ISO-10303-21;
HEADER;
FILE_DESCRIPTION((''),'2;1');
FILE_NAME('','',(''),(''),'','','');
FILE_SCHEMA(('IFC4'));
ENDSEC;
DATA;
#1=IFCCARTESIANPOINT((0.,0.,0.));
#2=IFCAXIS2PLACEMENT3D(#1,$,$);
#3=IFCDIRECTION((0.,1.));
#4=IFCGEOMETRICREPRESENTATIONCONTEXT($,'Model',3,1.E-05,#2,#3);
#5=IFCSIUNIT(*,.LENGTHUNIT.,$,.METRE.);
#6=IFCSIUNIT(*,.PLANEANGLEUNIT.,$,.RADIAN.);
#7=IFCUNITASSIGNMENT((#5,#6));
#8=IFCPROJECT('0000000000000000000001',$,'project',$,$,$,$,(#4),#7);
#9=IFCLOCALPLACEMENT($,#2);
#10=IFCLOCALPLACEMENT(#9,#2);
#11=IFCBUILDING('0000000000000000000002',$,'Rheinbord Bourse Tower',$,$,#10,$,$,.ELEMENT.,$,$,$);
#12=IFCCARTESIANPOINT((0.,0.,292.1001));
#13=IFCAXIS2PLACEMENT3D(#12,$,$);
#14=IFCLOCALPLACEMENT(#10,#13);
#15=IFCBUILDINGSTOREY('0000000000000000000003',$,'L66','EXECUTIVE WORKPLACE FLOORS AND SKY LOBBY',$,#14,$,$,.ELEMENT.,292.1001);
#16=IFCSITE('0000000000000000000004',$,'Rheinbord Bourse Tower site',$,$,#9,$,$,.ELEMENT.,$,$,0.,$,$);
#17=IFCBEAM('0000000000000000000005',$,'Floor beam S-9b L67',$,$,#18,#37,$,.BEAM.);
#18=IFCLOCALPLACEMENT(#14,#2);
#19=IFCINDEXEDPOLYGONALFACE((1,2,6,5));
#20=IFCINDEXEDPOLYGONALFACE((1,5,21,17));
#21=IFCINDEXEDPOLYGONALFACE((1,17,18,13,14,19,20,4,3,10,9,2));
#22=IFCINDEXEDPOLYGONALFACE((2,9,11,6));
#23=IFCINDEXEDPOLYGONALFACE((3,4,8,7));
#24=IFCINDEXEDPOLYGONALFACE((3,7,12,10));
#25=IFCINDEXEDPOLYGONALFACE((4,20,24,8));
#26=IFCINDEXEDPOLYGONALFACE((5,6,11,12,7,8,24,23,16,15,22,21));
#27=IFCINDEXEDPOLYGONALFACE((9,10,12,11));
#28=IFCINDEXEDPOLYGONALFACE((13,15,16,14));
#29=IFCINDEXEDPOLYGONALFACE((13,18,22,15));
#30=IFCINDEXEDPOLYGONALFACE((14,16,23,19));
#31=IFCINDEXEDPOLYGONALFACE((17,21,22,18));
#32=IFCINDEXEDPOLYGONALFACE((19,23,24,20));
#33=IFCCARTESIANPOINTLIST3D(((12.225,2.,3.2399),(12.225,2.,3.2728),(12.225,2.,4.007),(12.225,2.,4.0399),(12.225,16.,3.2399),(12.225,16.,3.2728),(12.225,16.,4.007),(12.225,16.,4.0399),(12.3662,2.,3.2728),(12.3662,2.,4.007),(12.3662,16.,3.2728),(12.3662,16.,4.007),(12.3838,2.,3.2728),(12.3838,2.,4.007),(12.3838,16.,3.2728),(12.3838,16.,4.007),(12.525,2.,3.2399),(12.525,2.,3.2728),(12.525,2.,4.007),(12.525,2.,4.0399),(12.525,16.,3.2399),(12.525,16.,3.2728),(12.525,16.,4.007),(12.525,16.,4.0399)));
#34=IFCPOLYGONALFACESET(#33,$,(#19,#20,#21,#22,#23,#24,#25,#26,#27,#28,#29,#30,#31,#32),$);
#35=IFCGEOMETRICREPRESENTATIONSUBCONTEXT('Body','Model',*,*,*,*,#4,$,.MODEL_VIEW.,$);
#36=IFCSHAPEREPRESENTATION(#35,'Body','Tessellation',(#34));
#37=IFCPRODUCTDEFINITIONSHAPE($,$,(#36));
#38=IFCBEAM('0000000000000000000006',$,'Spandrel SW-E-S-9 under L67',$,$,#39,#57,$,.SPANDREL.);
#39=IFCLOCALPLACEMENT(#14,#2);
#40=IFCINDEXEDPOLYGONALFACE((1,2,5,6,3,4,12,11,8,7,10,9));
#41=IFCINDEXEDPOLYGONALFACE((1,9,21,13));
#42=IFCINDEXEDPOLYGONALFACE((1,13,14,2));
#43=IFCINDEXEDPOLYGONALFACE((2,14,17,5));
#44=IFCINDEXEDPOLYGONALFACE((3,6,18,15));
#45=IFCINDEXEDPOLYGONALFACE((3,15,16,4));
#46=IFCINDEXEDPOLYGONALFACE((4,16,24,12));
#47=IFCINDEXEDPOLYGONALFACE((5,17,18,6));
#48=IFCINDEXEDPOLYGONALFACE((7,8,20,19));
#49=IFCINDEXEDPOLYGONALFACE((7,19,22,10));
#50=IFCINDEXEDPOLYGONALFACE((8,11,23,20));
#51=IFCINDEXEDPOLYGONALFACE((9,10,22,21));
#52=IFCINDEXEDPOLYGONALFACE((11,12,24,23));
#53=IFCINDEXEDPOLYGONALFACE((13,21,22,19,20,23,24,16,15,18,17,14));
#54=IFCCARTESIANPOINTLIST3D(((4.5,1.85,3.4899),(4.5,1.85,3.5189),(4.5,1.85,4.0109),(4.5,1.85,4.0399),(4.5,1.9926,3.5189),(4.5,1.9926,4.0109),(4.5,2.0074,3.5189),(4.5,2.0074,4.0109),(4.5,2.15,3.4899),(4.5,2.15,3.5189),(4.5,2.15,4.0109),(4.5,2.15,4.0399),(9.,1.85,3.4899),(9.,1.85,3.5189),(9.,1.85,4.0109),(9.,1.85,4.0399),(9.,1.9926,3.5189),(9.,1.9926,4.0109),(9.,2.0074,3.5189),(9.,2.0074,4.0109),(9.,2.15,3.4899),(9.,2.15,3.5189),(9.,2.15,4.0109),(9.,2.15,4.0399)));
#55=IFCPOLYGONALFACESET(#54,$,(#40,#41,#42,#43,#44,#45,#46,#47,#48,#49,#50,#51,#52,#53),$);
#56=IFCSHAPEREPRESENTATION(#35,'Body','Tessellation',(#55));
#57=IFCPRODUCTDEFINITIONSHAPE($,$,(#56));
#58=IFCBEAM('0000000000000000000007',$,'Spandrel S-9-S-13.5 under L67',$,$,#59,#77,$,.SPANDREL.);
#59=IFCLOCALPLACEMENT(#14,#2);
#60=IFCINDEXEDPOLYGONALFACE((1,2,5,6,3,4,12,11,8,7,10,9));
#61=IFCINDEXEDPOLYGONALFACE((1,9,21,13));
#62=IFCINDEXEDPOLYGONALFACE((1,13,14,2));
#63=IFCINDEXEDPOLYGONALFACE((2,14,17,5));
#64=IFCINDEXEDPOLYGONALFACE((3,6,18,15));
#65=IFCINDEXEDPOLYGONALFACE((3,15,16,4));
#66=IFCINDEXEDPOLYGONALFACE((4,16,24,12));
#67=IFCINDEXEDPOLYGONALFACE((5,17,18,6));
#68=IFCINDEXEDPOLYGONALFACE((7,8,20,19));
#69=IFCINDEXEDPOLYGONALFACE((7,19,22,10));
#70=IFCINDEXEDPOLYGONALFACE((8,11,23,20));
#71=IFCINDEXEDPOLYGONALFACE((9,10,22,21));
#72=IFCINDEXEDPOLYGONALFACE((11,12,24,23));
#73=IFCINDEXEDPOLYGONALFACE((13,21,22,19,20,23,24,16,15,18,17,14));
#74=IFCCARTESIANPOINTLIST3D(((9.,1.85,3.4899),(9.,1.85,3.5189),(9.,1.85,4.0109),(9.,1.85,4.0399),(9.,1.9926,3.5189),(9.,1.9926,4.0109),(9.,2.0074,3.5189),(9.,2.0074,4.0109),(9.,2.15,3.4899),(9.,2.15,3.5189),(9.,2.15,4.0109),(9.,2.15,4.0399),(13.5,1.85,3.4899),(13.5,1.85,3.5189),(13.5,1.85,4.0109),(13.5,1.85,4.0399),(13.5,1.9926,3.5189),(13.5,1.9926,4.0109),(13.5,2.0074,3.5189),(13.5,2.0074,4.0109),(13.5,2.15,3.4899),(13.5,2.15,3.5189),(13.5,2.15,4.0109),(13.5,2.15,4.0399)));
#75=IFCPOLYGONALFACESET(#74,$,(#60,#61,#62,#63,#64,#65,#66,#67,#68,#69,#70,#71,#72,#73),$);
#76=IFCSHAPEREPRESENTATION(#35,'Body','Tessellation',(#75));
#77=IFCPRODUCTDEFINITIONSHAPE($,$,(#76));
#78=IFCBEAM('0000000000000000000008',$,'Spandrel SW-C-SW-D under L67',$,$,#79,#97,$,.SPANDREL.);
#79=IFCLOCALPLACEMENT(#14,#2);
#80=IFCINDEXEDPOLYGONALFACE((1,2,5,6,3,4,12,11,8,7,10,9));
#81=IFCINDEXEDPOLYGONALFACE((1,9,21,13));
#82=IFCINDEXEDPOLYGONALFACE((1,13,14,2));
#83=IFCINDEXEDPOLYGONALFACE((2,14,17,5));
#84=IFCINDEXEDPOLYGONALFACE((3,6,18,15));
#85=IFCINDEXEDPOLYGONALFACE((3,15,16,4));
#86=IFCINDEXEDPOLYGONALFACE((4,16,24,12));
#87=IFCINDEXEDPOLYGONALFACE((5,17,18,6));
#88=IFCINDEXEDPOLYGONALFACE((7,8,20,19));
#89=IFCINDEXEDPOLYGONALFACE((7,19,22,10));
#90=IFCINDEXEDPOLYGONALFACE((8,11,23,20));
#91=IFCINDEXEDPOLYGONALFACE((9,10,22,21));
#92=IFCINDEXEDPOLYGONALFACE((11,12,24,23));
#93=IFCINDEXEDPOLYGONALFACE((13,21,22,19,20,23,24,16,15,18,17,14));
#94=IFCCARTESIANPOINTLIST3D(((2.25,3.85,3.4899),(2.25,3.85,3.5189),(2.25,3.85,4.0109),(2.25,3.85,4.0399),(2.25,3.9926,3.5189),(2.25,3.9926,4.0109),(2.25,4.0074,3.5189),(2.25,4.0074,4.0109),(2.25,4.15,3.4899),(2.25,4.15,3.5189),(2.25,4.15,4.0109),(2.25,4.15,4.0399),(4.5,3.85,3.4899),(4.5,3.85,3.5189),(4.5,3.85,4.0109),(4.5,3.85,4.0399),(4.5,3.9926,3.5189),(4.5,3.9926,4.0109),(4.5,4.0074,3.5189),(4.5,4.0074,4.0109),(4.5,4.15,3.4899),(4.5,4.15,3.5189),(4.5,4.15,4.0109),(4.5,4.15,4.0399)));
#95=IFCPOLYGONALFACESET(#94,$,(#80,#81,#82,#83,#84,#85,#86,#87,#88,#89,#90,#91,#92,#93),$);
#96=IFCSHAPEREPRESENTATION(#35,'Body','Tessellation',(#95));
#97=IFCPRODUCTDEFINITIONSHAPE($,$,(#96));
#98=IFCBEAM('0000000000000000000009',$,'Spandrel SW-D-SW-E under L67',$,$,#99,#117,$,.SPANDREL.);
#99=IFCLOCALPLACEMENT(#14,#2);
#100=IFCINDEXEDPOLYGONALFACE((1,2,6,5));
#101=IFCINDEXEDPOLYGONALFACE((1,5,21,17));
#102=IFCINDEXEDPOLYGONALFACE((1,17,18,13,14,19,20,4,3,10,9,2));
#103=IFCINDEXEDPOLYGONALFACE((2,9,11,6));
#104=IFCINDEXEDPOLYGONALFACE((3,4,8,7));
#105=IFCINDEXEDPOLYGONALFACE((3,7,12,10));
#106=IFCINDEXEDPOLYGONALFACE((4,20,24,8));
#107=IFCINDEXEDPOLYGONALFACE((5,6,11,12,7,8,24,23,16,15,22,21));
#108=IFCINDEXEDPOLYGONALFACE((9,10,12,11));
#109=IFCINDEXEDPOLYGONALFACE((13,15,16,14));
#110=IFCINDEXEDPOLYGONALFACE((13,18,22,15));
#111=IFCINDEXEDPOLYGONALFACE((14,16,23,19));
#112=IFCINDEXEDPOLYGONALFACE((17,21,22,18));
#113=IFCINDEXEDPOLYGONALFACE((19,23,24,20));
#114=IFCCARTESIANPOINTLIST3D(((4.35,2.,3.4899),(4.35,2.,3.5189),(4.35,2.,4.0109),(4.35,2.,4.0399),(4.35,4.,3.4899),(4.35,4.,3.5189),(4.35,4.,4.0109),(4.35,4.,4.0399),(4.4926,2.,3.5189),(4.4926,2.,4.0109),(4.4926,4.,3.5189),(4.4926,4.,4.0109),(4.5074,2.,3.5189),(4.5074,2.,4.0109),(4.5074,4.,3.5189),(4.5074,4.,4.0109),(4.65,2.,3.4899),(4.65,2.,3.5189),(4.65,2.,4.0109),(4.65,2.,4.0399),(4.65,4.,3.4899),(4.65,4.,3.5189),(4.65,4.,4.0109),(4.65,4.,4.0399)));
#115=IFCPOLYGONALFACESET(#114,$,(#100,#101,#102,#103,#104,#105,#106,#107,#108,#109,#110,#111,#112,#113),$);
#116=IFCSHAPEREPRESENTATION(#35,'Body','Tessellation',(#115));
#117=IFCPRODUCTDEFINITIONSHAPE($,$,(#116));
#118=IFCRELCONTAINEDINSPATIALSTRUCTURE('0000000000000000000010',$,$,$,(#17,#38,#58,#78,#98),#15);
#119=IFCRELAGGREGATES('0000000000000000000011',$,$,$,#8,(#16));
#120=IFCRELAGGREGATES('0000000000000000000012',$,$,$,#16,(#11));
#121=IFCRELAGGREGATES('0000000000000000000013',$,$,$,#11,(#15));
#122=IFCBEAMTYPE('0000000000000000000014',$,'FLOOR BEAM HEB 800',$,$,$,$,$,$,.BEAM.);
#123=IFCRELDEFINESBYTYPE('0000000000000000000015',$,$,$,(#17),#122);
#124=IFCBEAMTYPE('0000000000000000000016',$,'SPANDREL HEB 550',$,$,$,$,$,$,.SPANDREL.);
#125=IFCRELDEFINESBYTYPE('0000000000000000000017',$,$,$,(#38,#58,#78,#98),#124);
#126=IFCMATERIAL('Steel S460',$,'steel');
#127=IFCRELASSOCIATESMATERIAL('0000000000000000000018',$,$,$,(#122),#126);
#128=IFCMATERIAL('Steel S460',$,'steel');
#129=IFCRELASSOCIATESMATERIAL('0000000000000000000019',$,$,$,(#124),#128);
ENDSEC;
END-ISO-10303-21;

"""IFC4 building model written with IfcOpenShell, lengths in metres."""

from ifc_helpers import new_model, si_unit, direction, frame, origin, origin_2d, place, context, subcontext, project, spatial, i_section, extrude, material, material_profile, profile_set, type_object, element, save


model = new_model("IFC4")

# Units and contexts
model_context = context("Model", 3, precision=1e-05, world=origin(), true_north=direction((0.0, 1.0)))
body_context = subcontext(model_context, "Body", "Model", "MODEL_VIEW")
ifc_project = project(units=[si_unit("LENGTHUNIT", "METRE"), si_unit("PLANEANGLEUNIT", "RADIAN")], contexts=[model_context])

# Site, building, storey
site_placement = place(None, origin())
site = spatial("IfcSite", under=ifc_project, at=site_placement, Name="Rheinbord Bourse Tower site", CompositionType="ELEMENT", RefElevation=0.0)
building_placement = place(site_placement, origin())
building = spatial("IfcBuilding", under=site, at=building_placement, Name="Rheinbord Bourse Tower", CompositionType="ELEMENT")
storey_placement = place(building_placement, frame((0.0, 0.0, 292.1001)))
storey = spatial("IfcBuildingStorey", under=building, at=storey_placement, Name="L66", Description="EXECUTIVE WORKPLACE FLOORS AND SKY LOBBY", CompositionType="ELEMENT", Elevation=292.1001)

# Beams
ifc_material_1 = material(Name="Steel S460", Category="steel")
ifc_material_profile_1 = material_profile(ifc_material_1, i_section(OverallWidth=0.3, OverallDepth=0.8, WebThickness=0.0176, FlangeThickness=0.033, at=origin_2d()), Name="HEB 800")
ifc_profile_set_1 = profile_set([ifc_material_profile_1], Name="Steel S460")
beam_type_1 = type_object("IfcBeamType", Name="FLOOR BEAM HEB 800", PredefinedType="BEAM", material=ifc_profile_set_1)
for number, where, z_axis, x_axis, name in (
    (1, (12.375, 2.0, 3.6399), (0.0, 1.0, 0.0), (-1.0, 0.0, 0.0), "Floor beam S-9b L67"),
):
    element("IfcBeam", number, at=place(storey_placement, frame(where, z_axis=z_axis, x_axis=x_axis)), inside=storey, type_object=beam_type_1, Name=name, PredefinedType="BEAM", context=body_context, shape_type="SweptSolid", body=[
        extrude(i_section(OverallWidth=0.3, OverallDepth=0.8, WebThickness=0.0176, FlangeThickness=0.033, at=origin_2d()), origin(), (0.0, 0.0, 1.0), 14.0),
    ])
ifc_material_2 = material(Name="Steel S460", Category="steel")
ifc_material_profile_2 = material_profile(ifc_material_2, i_section(OverallWidth=0.3, OverallDepth=0.55, WebThickness=0.0149, FlangeThickness=0.0291, at=origin_2d()), Name="HEB 550")
ifc_profile_set_2 = profile_set([ifc_material_profile_2], Name="Steel S460")
beam_type_2 = type_object("IfcBeamType", Name="SPANDREL HEB 550", PredefinedType="SPANDREL", material=ifc_profile_set_2)
for number, where, z_axis, x_axis, name in (
    (2, (4.5, 2.0, 3.7649), (1.0, 0.0, 0.0), (0.0, 1.0, 0.0), "Spandrel SW-E-S-9 under L67"),
    (3, (9.0, 2.0, 3.7649), (1.0, 0.0, 0.0), (0.0, 1.0, 0.0), "Spandrel S-9-S-13.5 under L67"),
):
    element("IfcBeam", number, at=place(storey_placement, frame(where, z_axis=z_axis, x_axis=x_axis)), inside=storey, type_object=beam_type_2, Name=name, PredefinedType="SPANDREL", context=body_context, shape_type="SweptSolid", body=[
        extrude(i_section(OverallWidth=0.3, OverallDepth=0.55, WebThickness=0.0149, FlangeThickness=0.0291, at=origin_2d()), origin(), (0.0, 0.0, 1.0), 4.5),
    ])
beam_1_placement = place(storey_placement, frame((2.25, 4.0, 3.7649), z_axis=(1.0, 0.0, 0.0), x_axis=(0.0, 1.0, 0.0)))
element("IfcBeam", 4, at=beam_1_placement, inside=storey, type_object=beam_type_2, Name="Spandrel SW-C-SW-D under L67", PredefinedType="SPANDREL", context=body_context, shape_type="SweptSolid", body=[
    extrude(i_section(OverallWidth=0.3, OverallDepth=0.55, WebThickness=0.0149, FlangeThickness=0.0291, at=origin_2d()), origin(), (0.0, 0.0, 1.0), 2.25),
])
beam_2_placement = place(storey_placement, frame((4.5, 4.0, 3.7649), z_axis=(0.0, -1.0, 0.0), x_axis=(1.0, 0.0, 0.0)))
element("IfcBeam", 5, at=beam_2_placement, inside=storey, type_object=beam_type_2, Name="Spandrel SW-D-SW-E under L67", PredefinedType="SPANDREL", context=body_context, shape_type="SweptSolid", body=[
    extrude(i_section(OverallWidth=0.3, OverallDepth=0.55, WebThickness=0.0149, FlangeThickness=0.0291, at=origin_2d()), origin(), (0.0, 0.0, 1.0), 2.0),
])

save(model, "model.ifc")
